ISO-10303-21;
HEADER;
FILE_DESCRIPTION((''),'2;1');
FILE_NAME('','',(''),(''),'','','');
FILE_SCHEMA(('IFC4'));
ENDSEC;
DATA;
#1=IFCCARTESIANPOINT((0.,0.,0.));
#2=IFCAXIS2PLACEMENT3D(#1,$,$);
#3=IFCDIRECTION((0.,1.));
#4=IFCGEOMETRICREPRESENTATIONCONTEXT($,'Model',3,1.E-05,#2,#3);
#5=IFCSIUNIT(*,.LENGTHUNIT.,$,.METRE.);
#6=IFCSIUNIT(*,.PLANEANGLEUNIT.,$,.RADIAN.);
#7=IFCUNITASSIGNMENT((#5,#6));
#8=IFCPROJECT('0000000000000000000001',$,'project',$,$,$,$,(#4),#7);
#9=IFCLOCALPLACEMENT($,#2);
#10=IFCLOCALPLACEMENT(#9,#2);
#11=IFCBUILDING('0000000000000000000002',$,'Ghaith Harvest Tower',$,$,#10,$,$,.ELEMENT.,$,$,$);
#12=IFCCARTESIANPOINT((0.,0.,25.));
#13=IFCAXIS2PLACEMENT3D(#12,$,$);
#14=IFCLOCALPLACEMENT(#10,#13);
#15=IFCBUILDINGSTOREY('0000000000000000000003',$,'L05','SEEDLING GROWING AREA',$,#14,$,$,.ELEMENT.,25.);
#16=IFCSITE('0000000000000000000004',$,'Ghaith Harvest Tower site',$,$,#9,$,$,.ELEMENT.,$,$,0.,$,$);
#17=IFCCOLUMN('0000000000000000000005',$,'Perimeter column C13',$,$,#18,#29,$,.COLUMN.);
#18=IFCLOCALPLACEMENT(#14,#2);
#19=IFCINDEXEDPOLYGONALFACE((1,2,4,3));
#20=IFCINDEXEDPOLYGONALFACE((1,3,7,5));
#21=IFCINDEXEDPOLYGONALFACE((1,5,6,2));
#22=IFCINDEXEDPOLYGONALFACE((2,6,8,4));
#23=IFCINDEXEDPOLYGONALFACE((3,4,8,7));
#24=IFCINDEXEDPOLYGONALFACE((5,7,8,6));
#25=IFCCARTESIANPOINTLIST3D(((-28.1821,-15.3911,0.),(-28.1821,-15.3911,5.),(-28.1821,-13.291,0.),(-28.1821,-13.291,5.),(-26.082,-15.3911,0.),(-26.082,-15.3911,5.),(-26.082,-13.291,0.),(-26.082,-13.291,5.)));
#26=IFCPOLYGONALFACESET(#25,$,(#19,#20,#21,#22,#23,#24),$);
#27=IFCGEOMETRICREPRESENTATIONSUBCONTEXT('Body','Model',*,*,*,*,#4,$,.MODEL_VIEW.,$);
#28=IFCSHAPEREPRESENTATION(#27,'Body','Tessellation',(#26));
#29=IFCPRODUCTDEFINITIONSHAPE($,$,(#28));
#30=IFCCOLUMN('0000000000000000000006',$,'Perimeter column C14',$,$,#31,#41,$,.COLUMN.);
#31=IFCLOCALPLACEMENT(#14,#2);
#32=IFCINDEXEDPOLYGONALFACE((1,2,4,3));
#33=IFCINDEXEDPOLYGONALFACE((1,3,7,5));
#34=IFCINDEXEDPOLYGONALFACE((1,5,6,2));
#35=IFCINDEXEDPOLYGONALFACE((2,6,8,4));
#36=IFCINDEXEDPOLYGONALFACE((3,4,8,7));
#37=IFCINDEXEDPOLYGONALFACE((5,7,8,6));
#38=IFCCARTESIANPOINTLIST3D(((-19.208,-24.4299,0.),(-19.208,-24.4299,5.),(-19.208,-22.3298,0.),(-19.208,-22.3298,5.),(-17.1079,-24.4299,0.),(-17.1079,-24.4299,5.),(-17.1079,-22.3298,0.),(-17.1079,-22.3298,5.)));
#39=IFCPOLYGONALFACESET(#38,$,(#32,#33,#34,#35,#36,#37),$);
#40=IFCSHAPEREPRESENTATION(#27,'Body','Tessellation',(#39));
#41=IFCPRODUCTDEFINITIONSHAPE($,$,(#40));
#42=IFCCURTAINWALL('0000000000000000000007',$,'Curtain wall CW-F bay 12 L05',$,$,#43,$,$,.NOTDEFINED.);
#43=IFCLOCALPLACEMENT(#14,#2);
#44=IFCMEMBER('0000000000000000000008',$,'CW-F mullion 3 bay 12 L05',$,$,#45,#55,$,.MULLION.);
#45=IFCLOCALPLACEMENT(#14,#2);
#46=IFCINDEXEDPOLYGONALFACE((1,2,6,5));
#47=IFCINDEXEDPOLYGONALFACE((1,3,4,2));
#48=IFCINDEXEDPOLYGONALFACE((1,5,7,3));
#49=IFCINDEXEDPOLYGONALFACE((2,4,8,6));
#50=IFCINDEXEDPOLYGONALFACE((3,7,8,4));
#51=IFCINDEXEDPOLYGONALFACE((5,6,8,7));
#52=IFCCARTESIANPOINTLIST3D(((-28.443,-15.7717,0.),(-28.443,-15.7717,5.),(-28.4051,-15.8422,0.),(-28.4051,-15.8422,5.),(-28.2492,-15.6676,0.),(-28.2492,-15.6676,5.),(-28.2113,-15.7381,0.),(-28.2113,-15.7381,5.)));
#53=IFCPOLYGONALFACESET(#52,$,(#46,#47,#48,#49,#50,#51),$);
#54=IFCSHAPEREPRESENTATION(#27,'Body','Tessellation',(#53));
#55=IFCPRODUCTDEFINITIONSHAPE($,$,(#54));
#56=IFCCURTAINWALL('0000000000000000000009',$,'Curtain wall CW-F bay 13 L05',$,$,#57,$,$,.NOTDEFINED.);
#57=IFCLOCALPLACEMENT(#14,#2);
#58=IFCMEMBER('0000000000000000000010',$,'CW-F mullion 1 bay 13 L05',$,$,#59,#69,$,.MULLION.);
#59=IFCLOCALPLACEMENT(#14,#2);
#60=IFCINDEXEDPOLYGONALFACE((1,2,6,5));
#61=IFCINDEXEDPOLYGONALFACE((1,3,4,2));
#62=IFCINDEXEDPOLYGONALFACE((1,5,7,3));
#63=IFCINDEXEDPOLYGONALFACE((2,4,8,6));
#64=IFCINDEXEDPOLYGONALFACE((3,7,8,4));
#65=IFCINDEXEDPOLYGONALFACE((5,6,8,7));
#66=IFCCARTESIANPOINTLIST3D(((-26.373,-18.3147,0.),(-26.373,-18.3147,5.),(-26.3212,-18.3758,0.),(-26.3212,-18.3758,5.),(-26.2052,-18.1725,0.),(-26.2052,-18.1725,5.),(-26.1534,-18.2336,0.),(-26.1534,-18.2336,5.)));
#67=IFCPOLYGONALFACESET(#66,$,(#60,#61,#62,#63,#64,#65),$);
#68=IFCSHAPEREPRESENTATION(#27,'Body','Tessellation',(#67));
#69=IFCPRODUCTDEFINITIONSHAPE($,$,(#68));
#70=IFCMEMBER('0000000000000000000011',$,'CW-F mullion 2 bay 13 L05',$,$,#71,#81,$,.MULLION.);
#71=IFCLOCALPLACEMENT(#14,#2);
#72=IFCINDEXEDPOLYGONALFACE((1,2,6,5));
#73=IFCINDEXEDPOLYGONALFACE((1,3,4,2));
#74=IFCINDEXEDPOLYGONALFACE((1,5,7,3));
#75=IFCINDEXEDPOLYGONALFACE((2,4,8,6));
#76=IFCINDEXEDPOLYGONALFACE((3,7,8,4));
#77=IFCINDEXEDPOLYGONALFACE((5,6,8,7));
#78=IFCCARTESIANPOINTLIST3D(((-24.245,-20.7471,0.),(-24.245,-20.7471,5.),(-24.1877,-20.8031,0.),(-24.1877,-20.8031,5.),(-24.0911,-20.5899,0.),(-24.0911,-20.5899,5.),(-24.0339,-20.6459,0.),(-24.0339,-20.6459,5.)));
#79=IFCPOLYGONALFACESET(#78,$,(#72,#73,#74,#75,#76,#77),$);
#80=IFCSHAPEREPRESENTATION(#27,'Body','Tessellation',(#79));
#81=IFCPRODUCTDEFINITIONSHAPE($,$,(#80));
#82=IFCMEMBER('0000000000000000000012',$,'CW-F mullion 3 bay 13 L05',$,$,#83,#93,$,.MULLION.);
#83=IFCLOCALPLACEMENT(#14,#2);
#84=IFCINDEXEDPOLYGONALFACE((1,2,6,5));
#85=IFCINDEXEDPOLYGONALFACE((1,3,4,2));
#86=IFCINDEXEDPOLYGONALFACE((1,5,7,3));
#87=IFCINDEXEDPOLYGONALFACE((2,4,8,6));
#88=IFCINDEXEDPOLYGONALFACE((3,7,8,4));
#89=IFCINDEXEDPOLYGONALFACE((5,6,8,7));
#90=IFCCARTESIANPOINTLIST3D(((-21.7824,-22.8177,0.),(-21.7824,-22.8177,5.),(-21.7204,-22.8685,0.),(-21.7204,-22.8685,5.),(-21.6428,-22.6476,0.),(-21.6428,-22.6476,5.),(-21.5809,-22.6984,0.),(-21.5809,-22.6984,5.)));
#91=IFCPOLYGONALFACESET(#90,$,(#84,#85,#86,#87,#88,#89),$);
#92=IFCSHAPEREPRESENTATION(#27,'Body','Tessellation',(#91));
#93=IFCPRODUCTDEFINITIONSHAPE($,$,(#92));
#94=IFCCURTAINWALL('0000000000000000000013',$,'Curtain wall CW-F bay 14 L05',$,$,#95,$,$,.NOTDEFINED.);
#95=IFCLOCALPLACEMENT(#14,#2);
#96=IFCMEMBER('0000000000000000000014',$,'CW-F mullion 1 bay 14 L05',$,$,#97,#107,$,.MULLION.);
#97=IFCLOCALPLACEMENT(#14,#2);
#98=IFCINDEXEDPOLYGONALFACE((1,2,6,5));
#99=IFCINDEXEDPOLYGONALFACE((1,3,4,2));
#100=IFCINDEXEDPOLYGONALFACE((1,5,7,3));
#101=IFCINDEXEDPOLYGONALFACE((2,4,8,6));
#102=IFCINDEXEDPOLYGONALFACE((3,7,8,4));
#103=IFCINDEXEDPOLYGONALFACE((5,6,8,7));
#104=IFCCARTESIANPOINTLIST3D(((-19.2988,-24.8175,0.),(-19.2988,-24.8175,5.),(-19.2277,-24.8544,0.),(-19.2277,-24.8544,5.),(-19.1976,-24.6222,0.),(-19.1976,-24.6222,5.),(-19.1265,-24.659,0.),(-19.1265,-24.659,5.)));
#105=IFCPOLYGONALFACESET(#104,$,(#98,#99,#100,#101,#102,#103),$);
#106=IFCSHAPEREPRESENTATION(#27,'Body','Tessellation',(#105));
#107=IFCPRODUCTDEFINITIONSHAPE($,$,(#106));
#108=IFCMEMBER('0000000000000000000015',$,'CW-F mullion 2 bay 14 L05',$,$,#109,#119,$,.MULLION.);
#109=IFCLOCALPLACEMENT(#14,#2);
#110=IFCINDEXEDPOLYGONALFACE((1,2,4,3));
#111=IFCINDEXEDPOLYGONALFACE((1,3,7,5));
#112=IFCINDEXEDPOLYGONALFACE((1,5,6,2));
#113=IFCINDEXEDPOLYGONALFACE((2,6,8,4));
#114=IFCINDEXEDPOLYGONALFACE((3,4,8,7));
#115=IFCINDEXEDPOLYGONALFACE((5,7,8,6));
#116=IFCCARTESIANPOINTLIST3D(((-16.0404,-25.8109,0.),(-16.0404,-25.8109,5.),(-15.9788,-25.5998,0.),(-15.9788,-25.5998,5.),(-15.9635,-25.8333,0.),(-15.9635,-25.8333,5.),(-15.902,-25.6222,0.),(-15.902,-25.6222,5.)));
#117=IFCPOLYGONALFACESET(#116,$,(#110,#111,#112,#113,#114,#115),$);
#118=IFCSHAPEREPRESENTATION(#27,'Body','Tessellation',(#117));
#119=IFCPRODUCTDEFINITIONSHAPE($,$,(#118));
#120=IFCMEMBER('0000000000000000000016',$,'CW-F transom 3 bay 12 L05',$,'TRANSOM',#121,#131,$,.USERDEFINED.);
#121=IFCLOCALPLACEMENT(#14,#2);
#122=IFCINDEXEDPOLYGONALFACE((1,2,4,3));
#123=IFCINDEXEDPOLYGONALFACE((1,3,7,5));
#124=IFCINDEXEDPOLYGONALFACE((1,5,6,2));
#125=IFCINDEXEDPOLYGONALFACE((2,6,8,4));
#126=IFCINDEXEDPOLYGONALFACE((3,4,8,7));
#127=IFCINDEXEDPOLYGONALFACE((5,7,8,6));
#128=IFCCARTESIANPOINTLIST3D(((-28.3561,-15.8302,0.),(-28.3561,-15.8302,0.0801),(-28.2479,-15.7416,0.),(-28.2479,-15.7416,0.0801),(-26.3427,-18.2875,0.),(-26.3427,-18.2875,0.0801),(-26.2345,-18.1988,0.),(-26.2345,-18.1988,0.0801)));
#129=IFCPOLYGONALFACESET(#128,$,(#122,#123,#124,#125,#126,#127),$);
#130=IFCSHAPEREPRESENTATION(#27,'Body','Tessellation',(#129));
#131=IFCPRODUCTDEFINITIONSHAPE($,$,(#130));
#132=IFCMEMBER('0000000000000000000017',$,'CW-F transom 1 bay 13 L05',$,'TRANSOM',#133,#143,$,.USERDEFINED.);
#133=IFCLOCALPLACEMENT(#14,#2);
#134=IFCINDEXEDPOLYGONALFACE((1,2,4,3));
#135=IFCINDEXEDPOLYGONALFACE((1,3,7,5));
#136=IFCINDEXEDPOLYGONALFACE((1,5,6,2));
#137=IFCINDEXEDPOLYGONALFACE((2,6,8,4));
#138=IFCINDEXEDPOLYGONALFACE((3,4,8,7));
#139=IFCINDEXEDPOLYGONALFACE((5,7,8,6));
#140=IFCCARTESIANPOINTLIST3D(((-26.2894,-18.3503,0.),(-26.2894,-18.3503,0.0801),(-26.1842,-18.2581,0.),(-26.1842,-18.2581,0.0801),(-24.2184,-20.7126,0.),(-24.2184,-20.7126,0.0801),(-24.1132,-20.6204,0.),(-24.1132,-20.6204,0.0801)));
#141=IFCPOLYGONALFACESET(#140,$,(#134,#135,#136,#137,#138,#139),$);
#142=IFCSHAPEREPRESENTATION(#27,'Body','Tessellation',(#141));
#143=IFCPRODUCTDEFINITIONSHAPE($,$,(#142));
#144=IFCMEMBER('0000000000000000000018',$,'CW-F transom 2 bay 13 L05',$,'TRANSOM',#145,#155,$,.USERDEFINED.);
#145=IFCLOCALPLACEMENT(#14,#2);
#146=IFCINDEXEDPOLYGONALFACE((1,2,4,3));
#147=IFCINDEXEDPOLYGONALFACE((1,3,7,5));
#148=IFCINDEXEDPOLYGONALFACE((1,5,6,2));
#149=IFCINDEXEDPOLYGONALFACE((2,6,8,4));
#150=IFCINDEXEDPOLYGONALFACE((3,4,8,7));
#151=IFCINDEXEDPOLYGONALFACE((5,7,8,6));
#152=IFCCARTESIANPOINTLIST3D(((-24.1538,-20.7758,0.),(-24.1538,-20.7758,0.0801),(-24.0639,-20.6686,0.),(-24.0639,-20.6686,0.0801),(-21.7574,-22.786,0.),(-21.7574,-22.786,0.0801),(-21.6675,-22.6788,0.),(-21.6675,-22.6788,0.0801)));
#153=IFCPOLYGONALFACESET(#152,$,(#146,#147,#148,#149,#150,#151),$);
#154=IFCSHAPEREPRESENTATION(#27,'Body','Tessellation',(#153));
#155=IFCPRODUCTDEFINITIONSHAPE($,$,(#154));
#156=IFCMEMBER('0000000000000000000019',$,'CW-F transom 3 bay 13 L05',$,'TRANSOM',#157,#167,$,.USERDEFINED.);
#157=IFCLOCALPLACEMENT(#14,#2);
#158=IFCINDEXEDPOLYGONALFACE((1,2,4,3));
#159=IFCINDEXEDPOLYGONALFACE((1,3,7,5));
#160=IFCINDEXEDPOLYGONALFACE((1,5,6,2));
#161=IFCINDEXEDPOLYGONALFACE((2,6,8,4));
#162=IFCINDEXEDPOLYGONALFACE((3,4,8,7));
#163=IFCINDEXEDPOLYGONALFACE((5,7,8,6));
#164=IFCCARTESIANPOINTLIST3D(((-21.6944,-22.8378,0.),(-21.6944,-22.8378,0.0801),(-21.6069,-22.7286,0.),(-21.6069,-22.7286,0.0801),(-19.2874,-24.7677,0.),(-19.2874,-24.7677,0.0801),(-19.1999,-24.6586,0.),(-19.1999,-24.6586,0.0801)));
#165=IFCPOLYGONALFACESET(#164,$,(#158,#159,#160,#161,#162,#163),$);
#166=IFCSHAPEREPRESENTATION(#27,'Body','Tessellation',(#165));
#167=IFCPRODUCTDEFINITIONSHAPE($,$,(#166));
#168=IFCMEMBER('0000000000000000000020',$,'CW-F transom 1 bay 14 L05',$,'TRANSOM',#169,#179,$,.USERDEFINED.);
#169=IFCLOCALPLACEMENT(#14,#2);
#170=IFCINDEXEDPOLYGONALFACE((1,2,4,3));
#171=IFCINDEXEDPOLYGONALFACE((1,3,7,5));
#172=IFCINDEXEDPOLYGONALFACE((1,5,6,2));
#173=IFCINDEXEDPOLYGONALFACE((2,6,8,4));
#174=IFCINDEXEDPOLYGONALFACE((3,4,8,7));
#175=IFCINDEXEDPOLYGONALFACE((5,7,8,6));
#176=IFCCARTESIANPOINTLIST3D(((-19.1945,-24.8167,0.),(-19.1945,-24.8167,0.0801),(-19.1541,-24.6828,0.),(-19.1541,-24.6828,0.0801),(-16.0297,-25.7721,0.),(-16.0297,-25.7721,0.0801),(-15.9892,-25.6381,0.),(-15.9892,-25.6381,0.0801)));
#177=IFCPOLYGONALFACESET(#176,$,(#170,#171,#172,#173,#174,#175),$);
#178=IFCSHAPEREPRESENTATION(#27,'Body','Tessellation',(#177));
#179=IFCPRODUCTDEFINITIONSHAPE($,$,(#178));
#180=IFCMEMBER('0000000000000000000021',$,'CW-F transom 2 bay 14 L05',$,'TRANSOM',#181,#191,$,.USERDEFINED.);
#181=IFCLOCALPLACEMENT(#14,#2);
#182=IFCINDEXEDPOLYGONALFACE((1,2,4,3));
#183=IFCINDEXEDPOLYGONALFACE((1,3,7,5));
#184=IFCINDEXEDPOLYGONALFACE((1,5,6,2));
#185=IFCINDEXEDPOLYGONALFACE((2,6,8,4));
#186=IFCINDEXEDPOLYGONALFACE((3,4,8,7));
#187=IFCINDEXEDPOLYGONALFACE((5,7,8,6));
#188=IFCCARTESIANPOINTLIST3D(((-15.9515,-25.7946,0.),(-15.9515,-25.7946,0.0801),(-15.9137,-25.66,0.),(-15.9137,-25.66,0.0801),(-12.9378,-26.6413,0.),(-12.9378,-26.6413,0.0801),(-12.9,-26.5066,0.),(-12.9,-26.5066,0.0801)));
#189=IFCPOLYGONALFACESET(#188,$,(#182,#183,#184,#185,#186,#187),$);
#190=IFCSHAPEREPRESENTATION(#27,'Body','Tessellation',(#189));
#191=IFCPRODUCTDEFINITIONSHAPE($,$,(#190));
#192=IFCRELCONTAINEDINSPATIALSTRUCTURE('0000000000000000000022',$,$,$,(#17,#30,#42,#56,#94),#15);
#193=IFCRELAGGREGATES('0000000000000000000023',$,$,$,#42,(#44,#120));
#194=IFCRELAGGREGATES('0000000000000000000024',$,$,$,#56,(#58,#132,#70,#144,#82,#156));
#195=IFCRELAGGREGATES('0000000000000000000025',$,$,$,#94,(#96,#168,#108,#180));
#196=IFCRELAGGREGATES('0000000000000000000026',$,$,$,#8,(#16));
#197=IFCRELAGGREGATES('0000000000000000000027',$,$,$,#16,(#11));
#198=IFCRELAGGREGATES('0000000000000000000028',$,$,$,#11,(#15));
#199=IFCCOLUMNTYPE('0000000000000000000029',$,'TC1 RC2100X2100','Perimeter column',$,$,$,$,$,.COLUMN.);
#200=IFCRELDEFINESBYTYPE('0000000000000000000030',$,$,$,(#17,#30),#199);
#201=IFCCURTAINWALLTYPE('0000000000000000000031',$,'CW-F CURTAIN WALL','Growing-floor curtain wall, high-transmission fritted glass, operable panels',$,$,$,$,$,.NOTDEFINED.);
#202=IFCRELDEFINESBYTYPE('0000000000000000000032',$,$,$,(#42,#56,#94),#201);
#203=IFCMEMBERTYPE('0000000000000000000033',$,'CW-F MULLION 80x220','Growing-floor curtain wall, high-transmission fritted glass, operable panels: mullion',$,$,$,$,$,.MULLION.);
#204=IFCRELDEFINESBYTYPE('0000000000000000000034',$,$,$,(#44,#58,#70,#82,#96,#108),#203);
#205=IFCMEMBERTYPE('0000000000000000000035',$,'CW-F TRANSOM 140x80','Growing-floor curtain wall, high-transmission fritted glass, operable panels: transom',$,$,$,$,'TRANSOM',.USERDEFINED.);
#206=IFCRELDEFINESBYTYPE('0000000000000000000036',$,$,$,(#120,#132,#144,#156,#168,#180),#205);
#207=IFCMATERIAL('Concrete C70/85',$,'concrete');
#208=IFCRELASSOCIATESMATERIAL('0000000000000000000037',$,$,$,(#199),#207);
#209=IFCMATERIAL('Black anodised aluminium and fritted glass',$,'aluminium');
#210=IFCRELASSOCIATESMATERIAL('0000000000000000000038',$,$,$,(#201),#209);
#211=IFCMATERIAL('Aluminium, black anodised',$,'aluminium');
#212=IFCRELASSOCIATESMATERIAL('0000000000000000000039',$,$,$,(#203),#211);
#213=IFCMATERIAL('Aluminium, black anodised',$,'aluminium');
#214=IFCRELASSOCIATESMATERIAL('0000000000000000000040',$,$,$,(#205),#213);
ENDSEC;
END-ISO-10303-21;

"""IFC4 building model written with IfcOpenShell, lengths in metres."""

from ifc_helpers import new_model, si_unit, direction, frame, origin, origin_2d, place, context, subcontext, project, spatial, rectangle, extrude, material, material_profile, profile_set, type_object, element, aggregate, save


model = new_model("IFC4")

# Units and contexts
model_context = context("Model", 3, precision=1e-05, world=origin(), true_north=direction((0.0, 1.0)))
body_context = subcontext(model_context, "Body", "Model", "MODEL_VIEW")
ifc_project = project(units=[si_unit("LENGTHUNIT", "METRE"), si_unit("PLANEANGLEUNIT", "RADIAN")], contexts=[model_context])

# Site, building, storey
site_placement = place(None, origin())
site = spatial("IfcSite", under=ifc_project, at=site_placement, Name="Ghaith Harvest Tower site", CompositionType="ELEMENT", RefElevation=0.0)
building_placement = place(site_placement, origin())
building = spatial("IfcBuilding", under=site, at=building_placement, Name="Ghaith Harvest Tower", CompositionType="ELEMENT")
storey_placement = place(building_placement, frame((0.0, 0.0, 25.0)))
storey = spatial("IfcBuildingStorey", under=building, at=storey_placement, Name="L05", Description="SEEDLING GROWING AREA", CompositionType="ELEMENT", Elevation=25.0)

# Columns
ifc_material_1 = material(Name="Concrete C70/85", Category="concrete")
ifc_material_profile_1 = material_profile(ifc_material_1, rectangle(XDim=2.1001, YDim=2.1001, at=origin_2d()), Name="RC2100X2100")
ifc_profile_set_1 = profile_set([ifc_material_profile_1], Name="Concrete C70/85")
column_type = type_object("IfcColumnType", Name="TC1 RC2100X2100", Description="Perimeter column", PredefinedType="COLUMN", material=ifc_profile_set_1)
for number, where, z_axis, x_axis, name in (
    (1, (-27.1321, -14.3411, 0.0), (0.0, 0.0, 1.0), (1.0, 0.0, 0.0), "Perimeter column C13"),
    (2, (-18.158, -23.3799, 0.0), (0.0, 0.0, 1.0), (1.0, 0.0, 0.0), "Perimeter column C14"),
):
    element("IfcColumn", number, at=place(storey_placement, frame(where, z_axis=z_axis, x_axis=x_axis)), inside=storey, type_object=column_type, Name=name, PredefinedType="COLUMN", context=body_context, shape_type="SweptSolid", body=[
        extrude(rectangle(XDim=2.1001, YDim=2.1001, at=origin_2d()), origin(), (0.0, 0.0, 1.0), 5.0),
    ])

# Curtain wall, member
ifc_material_2 = material(Name="Black anodised aluminium and fritted glass", Category="aluminium")
curtain_wall_type = type_object("IfcCurtainWallType", Name="CW-F CURTAIN WALL", Description="Growing-floor curtain wall, high-transmission fritted glass, operable panels", PredefinedType="NOTDEFINED", material=ifc_material_2)
curtain_wall_1_placement = place(storey_placement, origin())
curtain_wall_1 = element("IfcCurtainWall", 3, at=curtain_wall_1_placement, inside=storey, type_object=curtain_wall_type, Name="Curtain wall CW-F bay 12 L05", PredefinedType="NOTDEFINED")
ifc_material_3 = material(Name="Aluminium, black anodised", Category="aluminium")
ifc_material_profile_2 = material_profile(ifc_material_3, rectangle(XDim=0.0801, YDim=0.22, at=origin_2d()), Name="CW-F MULLION 80x220")
ifc_profile_set_2 = profile_set([ifc_material_profile_2], Name="Aluminium, black anodised")
member_type_1 = type_object("IfcMemberType", Name="CW-F MULLION 80x220", Description="Growing-floor curtain wall, high-transmission fritted glass, operable panels: mullion", PredefinedType="MULLION", material=ifc_profile_set_2)
member_1_placement = place(storey_placement, frame((-28.3271, -15.7549, 0.0), z_axis=(0.0, 0.0, 1.0), x_axis=(0.473265, -0.88092, 0.0)))
member_1 = element("IfcMember", 4, at=member_1_placement, type_object=member_type_1, Name="CW-F mullion 3 bay 12 L05", PredefinedType="MULLION", context=body_context, shape_type="SweptSolid", body=[
    extrude(rectangle(XDim=0.0801, YDim=0.22, at=origin_2d()), origin(), (0.0, 0.0, 1.0), 5.0),
])

# Curtain walls, members
curtain_wall_2_placement = place(storey_placement, origin())
curtain_wall_2 = element("IfcCurtainWall", 5, at=curtain_wall_2_placement, inside=storey, type_object=curtain_wall_type, Name="Curtain wall CW-F bay 13 L05", PredefinedType="NOTDEFINED")
member_2_placement = place(storey_placement, frame((-26.2632, -18.2742, 0.0), z_axis=(0.0, 0.0, 1.0), x_axis=(0.646524, -0.762894, 0.0)))
member_2 = element("IfcMember", 6, at=member_2_placement, type_object=member_type_1, Name="CW-F mullion 1 bay 13 L05", PredefinedType="MULLION", context=body_context, shape_type="SweptSolid", body=[
    extrude(rectangle(XDim=0.0801, YDim=0.22, at=origin_2d()), origin(), (0.0, 0.0, 1.0), 5.0),
])
member_3_placement = place(storey_placement, frame((-24.1394, -20.6965, 0.0), z_axis=(0.0, 0.0, 1.0), x_axis=(0.714663, -0.699469, 0.0)))
member_3 = element("IfcMember", 7, at=member_3_placement, type_object=member_type_1, Name="CW-F mullion 2 bay 13 L05", PredefinedType="MULLION", context=body_context, shape_type="SweptSolid", body=[
    extrude(rectangle(XDim=0.0801, YDim=0.22, at=origin_2d()), origin(), (0.0, 0.0, 1.0), 5.0),
])
member_4_placement = place(storey_placement, frame((-21.6816, -22.7581, 0.0), z_axis=(0.0, 0.0, 1.0), x_axis=(0.773139, -0.634237, 0.0)))
member_4 = element("IfcMember", 8, at=member_4_placement, type_object=member_type_1, Name="CW-F mullion 3 bay 13 L05", PredefinedType="MULLION", context=body_context, shape_type="SweptSolid", body=[
    extrude(rectangle(XDim=0.0801, YDim=0.22, at=origin_2d()), origin(), (0.0, 0.0, 1.0), 5.0),
])
curtain_wall_3_placement = place(storey_placement, origin())
curtain_wall_3 = element("IfcCurtainWall", 9, at=curtain_wall_3_placement, inside=storey, type_object=curtain_wall_type, Name="Curtain wall CW-F bay 14 L05", PredefinedType="NOTDEFINED")
member_5_placement = place(storey_placement, frame((-19.2126, -24.7383, 0.0), z_axis=(0.0, 0.0, 1.0), x_axis=(0.887912, -0.460013, 0.0)))
member_5 = element("IfcMember", 10, at=member_5_placement, type_object=member_type_1, Name="CW-F mullion 1 bay 14 L05", PredefinedType="MULLION", context=body_context, shape_type="SweptSolid", body=[
    extrude(rectangle(XDim=0.0801, YDim=0.22, at=origin_2d()), origin(), (0.0, 0.0, 1.0), 5.0),
])
member_6_placement = place(storey_placement, frame((-15.9712, -25.7166, 0.0), z_axis=(0.0, 0.0, 1.0), x_axis=(0.960009, -0.27997, 0.0)))
member_6 = element("IfcMember", 11, at=member_6_placement, type_object=member_type_1, Name="CW-F mullion 2 bay 14 L05", PredefinedType="MULLION", context=body_context, shape_type="SweptSolid", body=[
    extrude(rectangle(XDim=0.0801, YDim=0.22, at=origin_2d()), origin(), (0.0, 0.0, 1.0), 5.0),
])

# Members
ifc_material_4 = material(Name="Aluminium, black anodised", Category="aluminium")
ifc_material_profile_3 = material_profile(ifc_material_4, rectangle(XDim=0.1399, YDim=0.0801, at=origin_2d()), Name="CW-F TRANSOM 140x80")
ifc_profile_set_3 = profile_set([ifc_material_profile_3], Name="Aluminium, black anodised")
member_type_2 = type_object("IfcMemberType", Name="CW-F TRANSOM 140x80", Description="Growing-floor curtain wall, high-transmission fritted glass, operable panels: transom", ElementType="TRANSOM", PredefinedType="USERDEFINED", material=ifc_profile_set_3)
member_7_placement = place(storey_placement, frame((-28.302, -15.7859, 0.04), z_axis=(0.63379, -0.773505, 0.0), x_axis=(0.773505, 0.63379, 0.0)))
member_7 = element("IfcMember", 12, at=member_7_placement, type_object=member_type_2, Name="CW-F transom 3 bay 12 L05", ObjectType="TRANSOM", PredefinedType="USERDEFINED", context=body_context, shape_type="SweptSolid", body=[
    extrude(rectangle(XDim=0.1399, YDim=0.0801, at=origin_2d()), origin(), (0.0, 0.0, 1.0), 3.1768),
])
member_8_placement = place(storey_placement, frame((-26.2368, -18.3042, 0.04), z_axis=(0.659231, -0.751941, 0.0), x_axis=(0.751941, 0.659231, 0.0)))
member_8 = element("IfcMember", 13, at=member_8_placement, type_object=member_type_2, Name="CW-F transom 1 bay 13 L05", ObjectType="TRANSOM", PredefinedType="USERDEFINED", context=body_context, shape_type="SweptSolid", body=[
    extrude(rectangle(XDim=0.1399, YDim=0.0801, at=origin_2d()), origin(), (0.0, 0.0, 1.0), 3.1416),
])
member_9_placement = place(storey_placement, frame((-24.1089, -20.7222, 0.04), z_axis=(0.766144, -0.642668, 0.0), x_axis=(0.642668, 0.766144, 0.0)))
member_9 = element("IfcMember", 14, at=member_9_placement, type_object=member_type_2, Name="CW-F transom 2 bay 13 L05", ObjectType="TRANSOM", PredefinedType="USERDEFINED", context=body_context, shape_type="SweptSolid", body=[
    extrude(rectangle(XDim=0.1399, YDim=0.0801, at=origin_2d()), origin(), (0.0, 0.0, 1.0), 3.1279),
])
member_10_placement = place(storey_placement, frame((-21.6506, -22.7832, 0.04), z_axis=(0.780181, -0.625554, 0.0), x_axis=(0.625554, 0.780181, 0.0)))
member_10 = element("IfcMember", 15, at=member_10_placement, type_object=member_type_2, Name="CW-F transom 3 bay 13 L05", ObjectType="TRANSOM", PredefinedType="USERDEFINED", context=body_context, shape_type="SweptSolid", body=[
    extrude(rectangle(XDim=0.1399, YDim=0.0801, at=origin_2d()), origin(), (0.0, 0.0, 1.0), 3.0852),
])
member_11_placement = place(storey_placement, frame((-19.1743, -24.7498, 0.04), z_axis=(0.957335, -0.28898, 0.0), x_axis=(0.28898, 0.957335, 0.0)))
member_11 = element("IfcMember", 16, at=member_11_placement, type_object=member_type_2, Name="CW-F transom 1 bay 14 L05", ObjectType="TRANSOM", PredefinedType="USERDEFINED", context=body_context, shape_type="SweptSolid", body=[
    extrude(rectangle(XDim=0.1399, YDim=0.0801, at=origin_2d()), origin(), (0.0, 0.0, 1.0), 3.3059),
])
member_12_placement = place(storey_placement, frame((-15.9326, -25.7273, 0.04), z_axis=(0.962727, -0.270475, 0.0), x_axis=(0.270475, 0.962727, 0.0)))
member_12 = element("IfcMember", 17, at=member_12_placement, type_object=member_type_2, Name="CW-F transom 2 bay 14 L05", ObjectType="TRANSOM", PredefinedType="USERDEFINED", context=body_context, shape_type="SweptSolid", body=[
    extrude(rectangle(XDim=0.1399, YDim=0.0801, at=origin_2d()), origin(), (0.0, 0.0, 1.0), 3.1304),
])

aggregate(curtain_wall_1, [member_1, member_7])
aggregate(curtain_wall_2, [member_2, member_8, member_3, member_9, member_4, member_10])
aggregate(curtain_wall_3, [member_5, member_11, member_6, member_12])

save(model, "model.ifc")
